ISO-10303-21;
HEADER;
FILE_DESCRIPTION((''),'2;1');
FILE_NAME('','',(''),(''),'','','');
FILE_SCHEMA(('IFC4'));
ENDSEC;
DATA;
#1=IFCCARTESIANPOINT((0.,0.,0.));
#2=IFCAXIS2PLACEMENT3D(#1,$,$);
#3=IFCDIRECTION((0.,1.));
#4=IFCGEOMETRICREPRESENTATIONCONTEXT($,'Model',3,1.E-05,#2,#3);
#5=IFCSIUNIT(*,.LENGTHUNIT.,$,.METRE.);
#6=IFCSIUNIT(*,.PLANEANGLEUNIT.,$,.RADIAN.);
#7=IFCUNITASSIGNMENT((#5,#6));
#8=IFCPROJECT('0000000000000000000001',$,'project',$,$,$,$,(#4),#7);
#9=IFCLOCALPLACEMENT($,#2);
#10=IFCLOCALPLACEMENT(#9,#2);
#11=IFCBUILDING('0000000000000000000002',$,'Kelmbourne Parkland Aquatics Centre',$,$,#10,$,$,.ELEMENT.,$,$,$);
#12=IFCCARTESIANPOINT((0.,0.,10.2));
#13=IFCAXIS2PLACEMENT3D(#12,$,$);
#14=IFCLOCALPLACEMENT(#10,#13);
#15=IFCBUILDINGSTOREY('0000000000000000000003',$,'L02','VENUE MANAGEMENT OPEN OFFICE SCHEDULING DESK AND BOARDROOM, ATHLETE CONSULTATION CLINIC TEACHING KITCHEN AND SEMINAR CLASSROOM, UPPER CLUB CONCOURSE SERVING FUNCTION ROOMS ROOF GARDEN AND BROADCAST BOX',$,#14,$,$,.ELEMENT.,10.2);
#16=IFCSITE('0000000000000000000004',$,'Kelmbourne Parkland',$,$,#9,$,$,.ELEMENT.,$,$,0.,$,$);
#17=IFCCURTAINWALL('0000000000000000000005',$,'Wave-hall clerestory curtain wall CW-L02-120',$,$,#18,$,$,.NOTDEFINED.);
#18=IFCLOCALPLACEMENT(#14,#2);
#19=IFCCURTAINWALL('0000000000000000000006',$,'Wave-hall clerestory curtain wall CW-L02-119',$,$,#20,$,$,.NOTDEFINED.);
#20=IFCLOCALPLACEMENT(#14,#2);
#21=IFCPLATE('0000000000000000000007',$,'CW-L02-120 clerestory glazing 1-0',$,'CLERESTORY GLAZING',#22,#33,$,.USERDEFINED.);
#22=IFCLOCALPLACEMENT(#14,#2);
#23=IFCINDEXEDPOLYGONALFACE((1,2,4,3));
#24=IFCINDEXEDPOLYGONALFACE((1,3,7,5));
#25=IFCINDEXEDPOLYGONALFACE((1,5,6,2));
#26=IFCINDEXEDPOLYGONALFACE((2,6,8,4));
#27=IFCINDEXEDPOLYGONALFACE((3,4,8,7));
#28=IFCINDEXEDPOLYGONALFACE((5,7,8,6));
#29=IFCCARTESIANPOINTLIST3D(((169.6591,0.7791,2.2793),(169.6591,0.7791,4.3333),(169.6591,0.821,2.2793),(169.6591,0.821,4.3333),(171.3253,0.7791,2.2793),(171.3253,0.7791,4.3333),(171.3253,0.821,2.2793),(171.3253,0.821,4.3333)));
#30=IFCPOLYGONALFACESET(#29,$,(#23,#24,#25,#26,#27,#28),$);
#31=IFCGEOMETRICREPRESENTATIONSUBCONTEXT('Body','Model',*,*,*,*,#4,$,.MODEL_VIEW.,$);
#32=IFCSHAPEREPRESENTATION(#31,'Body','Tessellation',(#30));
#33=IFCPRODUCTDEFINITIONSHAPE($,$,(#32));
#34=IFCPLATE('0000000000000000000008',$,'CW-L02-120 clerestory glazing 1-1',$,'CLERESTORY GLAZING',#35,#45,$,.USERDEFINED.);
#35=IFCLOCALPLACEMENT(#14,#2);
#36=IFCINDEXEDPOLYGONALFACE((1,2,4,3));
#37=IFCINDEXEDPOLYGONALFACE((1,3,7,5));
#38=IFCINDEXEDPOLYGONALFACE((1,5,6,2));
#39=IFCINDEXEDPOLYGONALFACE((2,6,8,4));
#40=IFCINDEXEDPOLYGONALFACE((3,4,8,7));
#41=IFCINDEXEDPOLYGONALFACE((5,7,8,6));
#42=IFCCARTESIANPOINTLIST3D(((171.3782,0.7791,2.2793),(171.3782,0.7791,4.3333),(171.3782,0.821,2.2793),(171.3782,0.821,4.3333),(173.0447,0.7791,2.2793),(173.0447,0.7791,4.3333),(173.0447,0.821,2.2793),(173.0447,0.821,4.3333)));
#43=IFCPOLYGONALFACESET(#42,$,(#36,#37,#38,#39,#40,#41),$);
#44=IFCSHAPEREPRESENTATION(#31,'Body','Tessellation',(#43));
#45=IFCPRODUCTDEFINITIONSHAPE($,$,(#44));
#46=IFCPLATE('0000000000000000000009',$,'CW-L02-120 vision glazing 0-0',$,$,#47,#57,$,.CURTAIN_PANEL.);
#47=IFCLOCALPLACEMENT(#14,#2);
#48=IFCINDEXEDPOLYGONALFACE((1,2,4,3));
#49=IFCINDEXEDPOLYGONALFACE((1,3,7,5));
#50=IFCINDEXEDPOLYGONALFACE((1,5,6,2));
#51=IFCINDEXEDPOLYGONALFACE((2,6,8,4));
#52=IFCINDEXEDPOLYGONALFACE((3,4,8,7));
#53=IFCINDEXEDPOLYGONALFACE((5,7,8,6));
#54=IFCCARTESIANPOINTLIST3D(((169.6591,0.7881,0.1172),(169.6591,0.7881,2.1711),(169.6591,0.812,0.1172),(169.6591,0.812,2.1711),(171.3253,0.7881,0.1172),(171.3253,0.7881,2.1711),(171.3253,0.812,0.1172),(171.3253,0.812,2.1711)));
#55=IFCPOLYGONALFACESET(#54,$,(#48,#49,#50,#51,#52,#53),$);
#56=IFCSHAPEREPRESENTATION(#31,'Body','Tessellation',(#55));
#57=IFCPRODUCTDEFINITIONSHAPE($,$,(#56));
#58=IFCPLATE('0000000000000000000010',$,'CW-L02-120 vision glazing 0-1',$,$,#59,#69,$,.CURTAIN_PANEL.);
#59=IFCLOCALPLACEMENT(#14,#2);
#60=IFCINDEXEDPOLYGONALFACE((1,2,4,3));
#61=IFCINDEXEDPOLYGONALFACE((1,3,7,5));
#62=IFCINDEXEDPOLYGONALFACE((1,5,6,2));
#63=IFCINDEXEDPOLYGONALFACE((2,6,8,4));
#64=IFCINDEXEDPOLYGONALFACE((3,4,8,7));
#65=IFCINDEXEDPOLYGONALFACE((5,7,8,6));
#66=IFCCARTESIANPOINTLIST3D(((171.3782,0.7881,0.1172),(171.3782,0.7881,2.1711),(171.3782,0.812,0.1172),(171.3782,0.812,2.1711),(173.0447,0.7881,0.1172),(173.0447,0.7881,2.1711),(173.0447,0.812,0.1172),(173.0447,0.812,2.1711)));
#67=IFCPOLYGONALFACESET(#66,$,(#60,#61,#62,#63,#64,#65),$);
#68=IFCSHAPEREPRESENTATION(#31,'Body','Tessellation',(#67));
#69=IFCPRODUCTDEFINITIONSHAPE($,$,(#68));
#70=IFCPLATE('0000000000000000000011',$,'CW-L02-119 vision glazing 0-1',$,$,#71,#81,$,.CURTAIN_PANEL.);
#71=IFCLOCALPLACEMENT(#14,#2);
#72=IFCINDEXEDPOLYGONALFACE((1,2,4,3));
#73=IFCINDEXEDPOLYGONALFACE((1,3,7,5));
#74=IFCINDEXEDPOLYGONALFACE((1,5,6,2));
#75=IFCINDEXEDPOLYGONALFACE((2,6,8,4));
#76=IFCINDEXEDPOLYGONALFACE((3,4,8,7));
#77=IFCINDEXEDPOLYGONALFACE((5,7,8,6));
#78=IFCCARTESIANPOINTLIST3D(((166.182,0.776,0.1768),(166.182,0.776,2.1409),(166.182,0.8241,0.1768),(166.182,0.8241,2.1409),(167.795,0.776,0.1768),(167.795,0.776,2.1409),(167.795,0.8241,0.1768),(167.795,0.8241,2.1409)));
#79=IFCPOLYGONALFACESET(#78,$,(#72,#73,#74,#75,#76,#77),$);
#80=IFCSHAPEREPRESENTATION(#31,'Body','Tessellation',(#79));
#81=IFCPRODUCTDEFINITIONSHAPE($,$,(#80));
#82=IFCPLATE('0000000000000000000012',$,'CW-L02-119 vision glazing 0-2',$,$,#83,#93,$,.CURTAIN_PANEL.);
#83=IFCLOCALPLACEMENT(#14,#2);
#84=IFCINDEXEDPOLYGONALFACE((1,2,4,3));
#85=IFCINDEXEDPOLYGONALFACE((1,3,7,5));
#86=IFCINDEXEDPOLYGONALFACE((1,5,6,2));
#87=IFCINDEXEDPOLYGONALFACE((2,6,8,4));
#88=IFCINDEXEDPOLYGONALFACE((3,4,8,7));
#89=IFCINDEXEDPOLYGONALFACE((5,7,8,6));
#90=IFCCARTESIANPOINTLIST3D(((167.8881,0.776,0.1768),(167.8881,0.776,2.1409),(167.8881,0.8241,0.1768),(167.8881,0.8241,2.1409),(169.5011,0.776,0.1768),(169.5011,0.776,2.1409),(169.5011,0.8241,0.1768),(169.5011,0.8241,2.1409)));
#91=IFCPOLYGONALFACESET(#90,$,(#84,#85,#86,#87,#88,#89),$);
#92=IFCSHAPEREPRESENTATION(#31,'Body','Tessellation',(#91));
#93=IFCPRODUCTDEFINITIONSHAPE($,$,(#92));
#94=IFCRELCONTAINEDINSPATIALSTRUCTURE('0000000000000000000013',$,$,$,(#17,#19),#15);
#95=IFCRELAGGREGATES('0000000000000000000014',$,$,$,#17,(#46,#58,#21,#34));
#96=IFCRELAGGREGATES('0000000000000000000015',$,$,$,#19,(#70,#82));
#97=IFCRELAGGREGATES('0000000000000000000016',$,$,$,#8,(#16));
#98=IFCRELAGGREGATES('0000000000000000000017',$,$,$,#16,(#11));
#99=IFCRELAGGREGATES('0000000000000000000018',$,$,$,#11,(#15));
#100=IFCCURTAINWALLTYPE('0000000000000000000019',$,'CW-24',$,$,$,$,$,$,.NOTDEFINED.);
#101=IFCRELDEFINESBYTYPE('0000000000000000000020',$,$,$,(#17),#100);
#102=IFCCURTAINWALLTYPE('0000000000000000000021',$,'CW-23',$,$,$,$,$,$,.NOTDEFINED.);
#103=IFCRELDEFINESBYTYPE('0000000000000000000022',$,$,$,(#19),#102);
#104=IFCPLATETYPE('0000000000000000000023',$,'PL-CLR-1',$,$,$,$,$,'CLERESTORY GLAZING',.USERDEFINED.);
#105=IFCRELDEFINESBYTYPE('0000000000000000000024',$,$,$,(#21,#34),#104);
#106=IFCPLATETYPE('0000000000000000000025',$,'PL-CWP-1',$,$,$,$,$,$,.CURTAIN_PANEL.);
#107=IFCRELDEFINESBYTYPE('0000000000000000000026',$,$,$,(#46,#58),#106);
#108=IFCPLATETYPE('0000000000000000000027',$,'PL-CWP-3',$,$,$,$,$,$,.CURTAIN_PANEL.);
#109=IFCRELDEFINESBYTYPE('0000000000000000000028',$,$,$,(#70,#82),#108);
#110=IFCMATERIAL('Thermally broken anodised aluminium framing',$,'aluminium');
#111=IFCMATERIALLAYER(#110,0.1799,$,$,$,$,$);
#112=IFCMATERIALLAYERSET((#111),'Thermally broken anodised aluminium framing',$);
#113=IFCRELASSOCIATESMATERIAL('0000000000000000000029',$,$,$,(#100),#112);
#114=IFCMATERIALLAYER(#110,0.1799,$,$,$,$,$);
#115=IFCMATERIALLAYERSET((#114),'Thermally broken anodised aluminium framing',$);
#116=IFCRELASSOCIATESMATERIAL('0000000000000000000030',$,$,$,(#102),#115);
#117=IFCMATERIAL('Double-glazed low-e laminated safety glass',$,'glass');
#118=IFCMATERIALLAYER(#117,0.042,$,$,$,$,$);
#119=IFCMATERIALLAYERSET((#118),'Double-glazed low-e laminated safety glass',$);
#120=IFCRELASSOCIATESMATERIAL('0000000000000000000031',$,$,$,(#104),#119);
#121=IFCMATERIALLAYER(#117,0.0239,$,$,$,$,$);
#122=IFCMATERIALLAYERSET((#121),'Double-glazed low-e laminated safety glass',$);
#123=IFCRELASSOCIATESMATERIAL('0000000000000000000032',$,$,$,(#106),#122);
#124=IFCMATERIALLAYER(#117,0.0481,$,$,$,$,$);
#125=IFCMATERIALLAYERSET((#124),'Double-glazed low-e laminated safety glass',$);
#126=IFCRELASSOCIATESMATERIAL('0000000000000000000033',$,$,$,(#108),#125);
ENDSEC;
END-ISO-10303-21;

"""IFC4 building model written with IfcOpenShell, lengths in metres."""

from ifc_helpers import new_model, si_unit, direction, frame, origin, origin_2d, place, context, subcontext, project, spatial, rectangle, extrude, material, layer, layer_set, type_object, element, aggregate, save


model = new_model("IFC4")

# Units and contexts
model_context = context("Model", 3, precision=1e-05, world=origin(), true_north=direction((0.0, 1.0)))
body_context = subcontext(model_context, "Body", "Model", "MODEL_VIEW")
ifc_project = project(units=[si_unit("LENGTHUNIT", "METRE"), si_unit("PLANEANGLEUNIT", "RADIAN")], contexts=[model_context])

# Site, building, storey
site_placement = place(None, origin())
site = spatial("IfcSite", under=ifc_project, at=site_placement, Name="Kelmbourne Parkland", CompositionType="ELEMENT", RefElevation=0.0)
building_placement = place(site_placement, origin())
building = spatial("IfcBuilding", under=site, at=building_placement, Name="Kelmbourne Parkland Aquatics Centre", CompositionType="ELEMENT")
storey_placement = place(building_placement, frame((0.0, 0.0, 10.2)))
storey = spatial("IfcBuildingStorey", under=building, at=storey_placement, Name="L02", Description="VENUE MANAGEMENT OPEN OFFICE SCHEDULING DESK AND BOARDROOM, ATHLETE CONSULTATION CLINIC TEACHING KITCHEN AND SEMINAR CLASSROOM, UPPER CLUB CONCOURSE SERVING FUNCTION ROOMS ROOF GARDEN AND BROADCAST BOX", CompositionType="ELEMENT", Elevation=10.2)

# Curtain walls
ifc_material_1 = material(Name="Thermally broken anodised aluminium framing", Category="aluminium")
ifc_layer_1 = layer(ifc_material_1, 0.1799)
ifc_layer_set_1 = layer_set([ifc_layer_1], Name="Thermally broken anodised aluminium framing")
curtain_wall_type_1 = type_object("IfcCurtainWallType", Name="CW-24", PredefinedType="NOTDEFINED", material=ifc_layer_set_1)
curtain_wall_1_placement = place(storey_placement, origin())
curtain_wall_1 = element("IfcCurtainWall", 1, at=curtain_wall_1_placement, inside=storey, type_object=curtain_wall_type_1, Name="Wave-hall clerestory curtain wall CW-L02-120", PredefinedType="NOTDEFINED")
ifc_layer_2 = layer(ifc_material_1, 0.1799)
ifc_layer_set_2 = layer_set([ifc_layer_2], Name="Thermally broken anodised aluminium framing")
curtain_wall_type_2 = type_object("IfcCurtainWallType", Name="CW-23", PredefinedType="NOTDEFINED", material=ifc_layer_set_2)
curtain_wall_2_placement = place(storey_placement, origin())
curtain_wall_2 = element("IfcCurtainWall", 2, at=curtain_wall_2_placement, inside=storey, type_object=curtain_wall_type_2, Name="Wave-hall clerestory curtain wall CW-L02-119", PredefinedType="NOTDEFINED")

# Plates
ifc_material_2 = material(Name="Double-glazed low-e laminated safety glass", Category="glass")
ifc_layer_3 = layer(ifc_material_2, 0.042)
ifc_layer_set_3 = layer_set([ifc_layer_3], Name="Double-glazed low-e laminated safety glass")
plate_type_1 = type_object("IfcPlateType", Name="PL-CLR-1", ElementType="CLERESTORY GLAZING", PredefinedType="USERDEFINED", material=ifc_layer_set_3)
plate_1_placement = place(storey_placement, frame((170.4922, 0.8, 2.2793), z_axis=(0.0, 0.0, 1.0), x_axis=(1.0, 0.0, 0.0)))
plate_1 = element("IfcPlate", 3, at=plate_1_placement, type_object=plate_type_1, Name="CW-L02-120 clerestory glazing 1-0", ObjectType="CLERESTORY GLAZING", PredefinedType="USERDEFINED", context=body_context, shape_type="SweptSolid", body=[
    extrude(rectangle(XDim=1.6663, YDim=0.042, at=origin_2d()), origin(), (0.0, 0.0, 1.0), 2.054),
])
plate_2_placement = place(storey_placement, frame((172.2114, 0.8, 2.2793), z_axis=(0.0, 0.0, 1.0), x_axis=(1.0, 0.0, 0.0)))
plate_2 = element("IfcPlate", 4, at=plate_2_placement, type_object=plate_type_1, Name="CW-L02-120 clerestory glazing 1-1", ObjectType="CLERESTORY GLAZING", PredefinedType="USERDEFINED", context=body_context, shape_type="SweptSolid", body=[
    extrude(rectangle(XDim=1.6665, YDim=0.042, at=origin_2d()), origin(), (0.0, 0.0, 1.0), 2.054),
])
ifc_layer_4 = layer(ifc_material_2, 0.0239)
ifc_layer_set_4 = layer_set([ifc_layer_4], Name="Double-glazed low-e laminated safety glass")
plate_type_2 = type_object("IfcPlateType", Name="PL-CWP-1", PredefinedType="CURTAIN_PANEL", material=ifc_layer_set_4)
plate_3_placement = place(storey_placement, frame((170.4922, 0.8, 0.1172), z_axis=(0.0, 0.0, 1.0), x_axis=(1.0, 0.0, 0.0)))
plate_3 = element("IfcPlate", 5, at=plate_3_placement, type_object=plate_type_2, Name="CW-L02-120 vision glazing 0-0", PredefinedType="CURTAIN_PANEL", context=body_context, shape_type="SweptSolid", body=[
    extrude(rectangle(XDim=1.6663, YDim=0.0239, at=origin_2d()), origin(), (0.0, 0.0, 1.0), 2.054),
])
plate_4_placement = place(storey_placement, frame((172.2114, 0.8, 0.1172), z_axis=(0.0, 0.0, 1.0), x_axis=(1.0, 0.0, 0.0)))
plate_4 = element("IfcPlate", 6, at=plate_4_placement, type_object=plate_type_2, Name="CW-L02-120 vision glazing 0-1", PredefinedType="CURTAIN_PANEL", context=body_context, shape_type="SweptSolid", body=[
    extrude(rectangle(XDim=1.6665, YDim=0.0239, at=origin_2d()), origin(), (0.0, 0.0, 1.0), 2.054),
])
aggregate(curtain_wall_1, [plate_3, plate_4, plate_1, plate_2])
ifc_layer_5 = layer(ifc_material_2, 0.0481)
ifc_layer_set_5 = layer_set([ifc_layer_5], Name="Double-glazed low-e laminated safety glass")
plate_type_3 = type_object("IfcPlateType", Name="PL-CWP-3", PredefinedType="CURTAIN_PANEL", material=ifc_layer_set_5)
plate_5_placement = place(storey_placement, frame((166.9885, 0.8, 0.1768), z_axis=(0.0, 0.0, 1.0), x_axis=(1.0, 0.0, 0.0)))
plate_5 = element("IfcPlate", 7, at=plate_5_placement, type_object=plate_type_3, Name="CW-L02-119 vision glazing 0-1", PredefinedType="CURTAIN_PANEL", context=body_context, shape_type="SweptSolid", body=[
    extrude(rectangle(XDim=1.613, YDim=0.0481, at=origin_2d()), origin(), (0.0, 0.0, 1.0), 1.9641),
])
plate_6_placement = place(storey_placement, frame((168.6946, 0.8, 0.1768), z_axis=(0.0, 0.0, 1.0), x_axis=(1.0, 0.0, 0.0)))
plate_6 = element("IfcPlate", 8, at=plate_6_placement, type_object=plate_type_3, Name="CW-L02-119 vision glazing 0-2", PredefinedType="CURTAIN_PANEL", context=body_context, shape_type="SweptSolid", body=[
    extrude(rectangle(XDim=1.613, YDim=0.0481, at=origin_2d()), origin(), (0.0, 0.0, 1.0), 1.9641),
])
aggregate(curtain_wall_2, [plate_5, plate_6])

save(model, "model.ifc")
